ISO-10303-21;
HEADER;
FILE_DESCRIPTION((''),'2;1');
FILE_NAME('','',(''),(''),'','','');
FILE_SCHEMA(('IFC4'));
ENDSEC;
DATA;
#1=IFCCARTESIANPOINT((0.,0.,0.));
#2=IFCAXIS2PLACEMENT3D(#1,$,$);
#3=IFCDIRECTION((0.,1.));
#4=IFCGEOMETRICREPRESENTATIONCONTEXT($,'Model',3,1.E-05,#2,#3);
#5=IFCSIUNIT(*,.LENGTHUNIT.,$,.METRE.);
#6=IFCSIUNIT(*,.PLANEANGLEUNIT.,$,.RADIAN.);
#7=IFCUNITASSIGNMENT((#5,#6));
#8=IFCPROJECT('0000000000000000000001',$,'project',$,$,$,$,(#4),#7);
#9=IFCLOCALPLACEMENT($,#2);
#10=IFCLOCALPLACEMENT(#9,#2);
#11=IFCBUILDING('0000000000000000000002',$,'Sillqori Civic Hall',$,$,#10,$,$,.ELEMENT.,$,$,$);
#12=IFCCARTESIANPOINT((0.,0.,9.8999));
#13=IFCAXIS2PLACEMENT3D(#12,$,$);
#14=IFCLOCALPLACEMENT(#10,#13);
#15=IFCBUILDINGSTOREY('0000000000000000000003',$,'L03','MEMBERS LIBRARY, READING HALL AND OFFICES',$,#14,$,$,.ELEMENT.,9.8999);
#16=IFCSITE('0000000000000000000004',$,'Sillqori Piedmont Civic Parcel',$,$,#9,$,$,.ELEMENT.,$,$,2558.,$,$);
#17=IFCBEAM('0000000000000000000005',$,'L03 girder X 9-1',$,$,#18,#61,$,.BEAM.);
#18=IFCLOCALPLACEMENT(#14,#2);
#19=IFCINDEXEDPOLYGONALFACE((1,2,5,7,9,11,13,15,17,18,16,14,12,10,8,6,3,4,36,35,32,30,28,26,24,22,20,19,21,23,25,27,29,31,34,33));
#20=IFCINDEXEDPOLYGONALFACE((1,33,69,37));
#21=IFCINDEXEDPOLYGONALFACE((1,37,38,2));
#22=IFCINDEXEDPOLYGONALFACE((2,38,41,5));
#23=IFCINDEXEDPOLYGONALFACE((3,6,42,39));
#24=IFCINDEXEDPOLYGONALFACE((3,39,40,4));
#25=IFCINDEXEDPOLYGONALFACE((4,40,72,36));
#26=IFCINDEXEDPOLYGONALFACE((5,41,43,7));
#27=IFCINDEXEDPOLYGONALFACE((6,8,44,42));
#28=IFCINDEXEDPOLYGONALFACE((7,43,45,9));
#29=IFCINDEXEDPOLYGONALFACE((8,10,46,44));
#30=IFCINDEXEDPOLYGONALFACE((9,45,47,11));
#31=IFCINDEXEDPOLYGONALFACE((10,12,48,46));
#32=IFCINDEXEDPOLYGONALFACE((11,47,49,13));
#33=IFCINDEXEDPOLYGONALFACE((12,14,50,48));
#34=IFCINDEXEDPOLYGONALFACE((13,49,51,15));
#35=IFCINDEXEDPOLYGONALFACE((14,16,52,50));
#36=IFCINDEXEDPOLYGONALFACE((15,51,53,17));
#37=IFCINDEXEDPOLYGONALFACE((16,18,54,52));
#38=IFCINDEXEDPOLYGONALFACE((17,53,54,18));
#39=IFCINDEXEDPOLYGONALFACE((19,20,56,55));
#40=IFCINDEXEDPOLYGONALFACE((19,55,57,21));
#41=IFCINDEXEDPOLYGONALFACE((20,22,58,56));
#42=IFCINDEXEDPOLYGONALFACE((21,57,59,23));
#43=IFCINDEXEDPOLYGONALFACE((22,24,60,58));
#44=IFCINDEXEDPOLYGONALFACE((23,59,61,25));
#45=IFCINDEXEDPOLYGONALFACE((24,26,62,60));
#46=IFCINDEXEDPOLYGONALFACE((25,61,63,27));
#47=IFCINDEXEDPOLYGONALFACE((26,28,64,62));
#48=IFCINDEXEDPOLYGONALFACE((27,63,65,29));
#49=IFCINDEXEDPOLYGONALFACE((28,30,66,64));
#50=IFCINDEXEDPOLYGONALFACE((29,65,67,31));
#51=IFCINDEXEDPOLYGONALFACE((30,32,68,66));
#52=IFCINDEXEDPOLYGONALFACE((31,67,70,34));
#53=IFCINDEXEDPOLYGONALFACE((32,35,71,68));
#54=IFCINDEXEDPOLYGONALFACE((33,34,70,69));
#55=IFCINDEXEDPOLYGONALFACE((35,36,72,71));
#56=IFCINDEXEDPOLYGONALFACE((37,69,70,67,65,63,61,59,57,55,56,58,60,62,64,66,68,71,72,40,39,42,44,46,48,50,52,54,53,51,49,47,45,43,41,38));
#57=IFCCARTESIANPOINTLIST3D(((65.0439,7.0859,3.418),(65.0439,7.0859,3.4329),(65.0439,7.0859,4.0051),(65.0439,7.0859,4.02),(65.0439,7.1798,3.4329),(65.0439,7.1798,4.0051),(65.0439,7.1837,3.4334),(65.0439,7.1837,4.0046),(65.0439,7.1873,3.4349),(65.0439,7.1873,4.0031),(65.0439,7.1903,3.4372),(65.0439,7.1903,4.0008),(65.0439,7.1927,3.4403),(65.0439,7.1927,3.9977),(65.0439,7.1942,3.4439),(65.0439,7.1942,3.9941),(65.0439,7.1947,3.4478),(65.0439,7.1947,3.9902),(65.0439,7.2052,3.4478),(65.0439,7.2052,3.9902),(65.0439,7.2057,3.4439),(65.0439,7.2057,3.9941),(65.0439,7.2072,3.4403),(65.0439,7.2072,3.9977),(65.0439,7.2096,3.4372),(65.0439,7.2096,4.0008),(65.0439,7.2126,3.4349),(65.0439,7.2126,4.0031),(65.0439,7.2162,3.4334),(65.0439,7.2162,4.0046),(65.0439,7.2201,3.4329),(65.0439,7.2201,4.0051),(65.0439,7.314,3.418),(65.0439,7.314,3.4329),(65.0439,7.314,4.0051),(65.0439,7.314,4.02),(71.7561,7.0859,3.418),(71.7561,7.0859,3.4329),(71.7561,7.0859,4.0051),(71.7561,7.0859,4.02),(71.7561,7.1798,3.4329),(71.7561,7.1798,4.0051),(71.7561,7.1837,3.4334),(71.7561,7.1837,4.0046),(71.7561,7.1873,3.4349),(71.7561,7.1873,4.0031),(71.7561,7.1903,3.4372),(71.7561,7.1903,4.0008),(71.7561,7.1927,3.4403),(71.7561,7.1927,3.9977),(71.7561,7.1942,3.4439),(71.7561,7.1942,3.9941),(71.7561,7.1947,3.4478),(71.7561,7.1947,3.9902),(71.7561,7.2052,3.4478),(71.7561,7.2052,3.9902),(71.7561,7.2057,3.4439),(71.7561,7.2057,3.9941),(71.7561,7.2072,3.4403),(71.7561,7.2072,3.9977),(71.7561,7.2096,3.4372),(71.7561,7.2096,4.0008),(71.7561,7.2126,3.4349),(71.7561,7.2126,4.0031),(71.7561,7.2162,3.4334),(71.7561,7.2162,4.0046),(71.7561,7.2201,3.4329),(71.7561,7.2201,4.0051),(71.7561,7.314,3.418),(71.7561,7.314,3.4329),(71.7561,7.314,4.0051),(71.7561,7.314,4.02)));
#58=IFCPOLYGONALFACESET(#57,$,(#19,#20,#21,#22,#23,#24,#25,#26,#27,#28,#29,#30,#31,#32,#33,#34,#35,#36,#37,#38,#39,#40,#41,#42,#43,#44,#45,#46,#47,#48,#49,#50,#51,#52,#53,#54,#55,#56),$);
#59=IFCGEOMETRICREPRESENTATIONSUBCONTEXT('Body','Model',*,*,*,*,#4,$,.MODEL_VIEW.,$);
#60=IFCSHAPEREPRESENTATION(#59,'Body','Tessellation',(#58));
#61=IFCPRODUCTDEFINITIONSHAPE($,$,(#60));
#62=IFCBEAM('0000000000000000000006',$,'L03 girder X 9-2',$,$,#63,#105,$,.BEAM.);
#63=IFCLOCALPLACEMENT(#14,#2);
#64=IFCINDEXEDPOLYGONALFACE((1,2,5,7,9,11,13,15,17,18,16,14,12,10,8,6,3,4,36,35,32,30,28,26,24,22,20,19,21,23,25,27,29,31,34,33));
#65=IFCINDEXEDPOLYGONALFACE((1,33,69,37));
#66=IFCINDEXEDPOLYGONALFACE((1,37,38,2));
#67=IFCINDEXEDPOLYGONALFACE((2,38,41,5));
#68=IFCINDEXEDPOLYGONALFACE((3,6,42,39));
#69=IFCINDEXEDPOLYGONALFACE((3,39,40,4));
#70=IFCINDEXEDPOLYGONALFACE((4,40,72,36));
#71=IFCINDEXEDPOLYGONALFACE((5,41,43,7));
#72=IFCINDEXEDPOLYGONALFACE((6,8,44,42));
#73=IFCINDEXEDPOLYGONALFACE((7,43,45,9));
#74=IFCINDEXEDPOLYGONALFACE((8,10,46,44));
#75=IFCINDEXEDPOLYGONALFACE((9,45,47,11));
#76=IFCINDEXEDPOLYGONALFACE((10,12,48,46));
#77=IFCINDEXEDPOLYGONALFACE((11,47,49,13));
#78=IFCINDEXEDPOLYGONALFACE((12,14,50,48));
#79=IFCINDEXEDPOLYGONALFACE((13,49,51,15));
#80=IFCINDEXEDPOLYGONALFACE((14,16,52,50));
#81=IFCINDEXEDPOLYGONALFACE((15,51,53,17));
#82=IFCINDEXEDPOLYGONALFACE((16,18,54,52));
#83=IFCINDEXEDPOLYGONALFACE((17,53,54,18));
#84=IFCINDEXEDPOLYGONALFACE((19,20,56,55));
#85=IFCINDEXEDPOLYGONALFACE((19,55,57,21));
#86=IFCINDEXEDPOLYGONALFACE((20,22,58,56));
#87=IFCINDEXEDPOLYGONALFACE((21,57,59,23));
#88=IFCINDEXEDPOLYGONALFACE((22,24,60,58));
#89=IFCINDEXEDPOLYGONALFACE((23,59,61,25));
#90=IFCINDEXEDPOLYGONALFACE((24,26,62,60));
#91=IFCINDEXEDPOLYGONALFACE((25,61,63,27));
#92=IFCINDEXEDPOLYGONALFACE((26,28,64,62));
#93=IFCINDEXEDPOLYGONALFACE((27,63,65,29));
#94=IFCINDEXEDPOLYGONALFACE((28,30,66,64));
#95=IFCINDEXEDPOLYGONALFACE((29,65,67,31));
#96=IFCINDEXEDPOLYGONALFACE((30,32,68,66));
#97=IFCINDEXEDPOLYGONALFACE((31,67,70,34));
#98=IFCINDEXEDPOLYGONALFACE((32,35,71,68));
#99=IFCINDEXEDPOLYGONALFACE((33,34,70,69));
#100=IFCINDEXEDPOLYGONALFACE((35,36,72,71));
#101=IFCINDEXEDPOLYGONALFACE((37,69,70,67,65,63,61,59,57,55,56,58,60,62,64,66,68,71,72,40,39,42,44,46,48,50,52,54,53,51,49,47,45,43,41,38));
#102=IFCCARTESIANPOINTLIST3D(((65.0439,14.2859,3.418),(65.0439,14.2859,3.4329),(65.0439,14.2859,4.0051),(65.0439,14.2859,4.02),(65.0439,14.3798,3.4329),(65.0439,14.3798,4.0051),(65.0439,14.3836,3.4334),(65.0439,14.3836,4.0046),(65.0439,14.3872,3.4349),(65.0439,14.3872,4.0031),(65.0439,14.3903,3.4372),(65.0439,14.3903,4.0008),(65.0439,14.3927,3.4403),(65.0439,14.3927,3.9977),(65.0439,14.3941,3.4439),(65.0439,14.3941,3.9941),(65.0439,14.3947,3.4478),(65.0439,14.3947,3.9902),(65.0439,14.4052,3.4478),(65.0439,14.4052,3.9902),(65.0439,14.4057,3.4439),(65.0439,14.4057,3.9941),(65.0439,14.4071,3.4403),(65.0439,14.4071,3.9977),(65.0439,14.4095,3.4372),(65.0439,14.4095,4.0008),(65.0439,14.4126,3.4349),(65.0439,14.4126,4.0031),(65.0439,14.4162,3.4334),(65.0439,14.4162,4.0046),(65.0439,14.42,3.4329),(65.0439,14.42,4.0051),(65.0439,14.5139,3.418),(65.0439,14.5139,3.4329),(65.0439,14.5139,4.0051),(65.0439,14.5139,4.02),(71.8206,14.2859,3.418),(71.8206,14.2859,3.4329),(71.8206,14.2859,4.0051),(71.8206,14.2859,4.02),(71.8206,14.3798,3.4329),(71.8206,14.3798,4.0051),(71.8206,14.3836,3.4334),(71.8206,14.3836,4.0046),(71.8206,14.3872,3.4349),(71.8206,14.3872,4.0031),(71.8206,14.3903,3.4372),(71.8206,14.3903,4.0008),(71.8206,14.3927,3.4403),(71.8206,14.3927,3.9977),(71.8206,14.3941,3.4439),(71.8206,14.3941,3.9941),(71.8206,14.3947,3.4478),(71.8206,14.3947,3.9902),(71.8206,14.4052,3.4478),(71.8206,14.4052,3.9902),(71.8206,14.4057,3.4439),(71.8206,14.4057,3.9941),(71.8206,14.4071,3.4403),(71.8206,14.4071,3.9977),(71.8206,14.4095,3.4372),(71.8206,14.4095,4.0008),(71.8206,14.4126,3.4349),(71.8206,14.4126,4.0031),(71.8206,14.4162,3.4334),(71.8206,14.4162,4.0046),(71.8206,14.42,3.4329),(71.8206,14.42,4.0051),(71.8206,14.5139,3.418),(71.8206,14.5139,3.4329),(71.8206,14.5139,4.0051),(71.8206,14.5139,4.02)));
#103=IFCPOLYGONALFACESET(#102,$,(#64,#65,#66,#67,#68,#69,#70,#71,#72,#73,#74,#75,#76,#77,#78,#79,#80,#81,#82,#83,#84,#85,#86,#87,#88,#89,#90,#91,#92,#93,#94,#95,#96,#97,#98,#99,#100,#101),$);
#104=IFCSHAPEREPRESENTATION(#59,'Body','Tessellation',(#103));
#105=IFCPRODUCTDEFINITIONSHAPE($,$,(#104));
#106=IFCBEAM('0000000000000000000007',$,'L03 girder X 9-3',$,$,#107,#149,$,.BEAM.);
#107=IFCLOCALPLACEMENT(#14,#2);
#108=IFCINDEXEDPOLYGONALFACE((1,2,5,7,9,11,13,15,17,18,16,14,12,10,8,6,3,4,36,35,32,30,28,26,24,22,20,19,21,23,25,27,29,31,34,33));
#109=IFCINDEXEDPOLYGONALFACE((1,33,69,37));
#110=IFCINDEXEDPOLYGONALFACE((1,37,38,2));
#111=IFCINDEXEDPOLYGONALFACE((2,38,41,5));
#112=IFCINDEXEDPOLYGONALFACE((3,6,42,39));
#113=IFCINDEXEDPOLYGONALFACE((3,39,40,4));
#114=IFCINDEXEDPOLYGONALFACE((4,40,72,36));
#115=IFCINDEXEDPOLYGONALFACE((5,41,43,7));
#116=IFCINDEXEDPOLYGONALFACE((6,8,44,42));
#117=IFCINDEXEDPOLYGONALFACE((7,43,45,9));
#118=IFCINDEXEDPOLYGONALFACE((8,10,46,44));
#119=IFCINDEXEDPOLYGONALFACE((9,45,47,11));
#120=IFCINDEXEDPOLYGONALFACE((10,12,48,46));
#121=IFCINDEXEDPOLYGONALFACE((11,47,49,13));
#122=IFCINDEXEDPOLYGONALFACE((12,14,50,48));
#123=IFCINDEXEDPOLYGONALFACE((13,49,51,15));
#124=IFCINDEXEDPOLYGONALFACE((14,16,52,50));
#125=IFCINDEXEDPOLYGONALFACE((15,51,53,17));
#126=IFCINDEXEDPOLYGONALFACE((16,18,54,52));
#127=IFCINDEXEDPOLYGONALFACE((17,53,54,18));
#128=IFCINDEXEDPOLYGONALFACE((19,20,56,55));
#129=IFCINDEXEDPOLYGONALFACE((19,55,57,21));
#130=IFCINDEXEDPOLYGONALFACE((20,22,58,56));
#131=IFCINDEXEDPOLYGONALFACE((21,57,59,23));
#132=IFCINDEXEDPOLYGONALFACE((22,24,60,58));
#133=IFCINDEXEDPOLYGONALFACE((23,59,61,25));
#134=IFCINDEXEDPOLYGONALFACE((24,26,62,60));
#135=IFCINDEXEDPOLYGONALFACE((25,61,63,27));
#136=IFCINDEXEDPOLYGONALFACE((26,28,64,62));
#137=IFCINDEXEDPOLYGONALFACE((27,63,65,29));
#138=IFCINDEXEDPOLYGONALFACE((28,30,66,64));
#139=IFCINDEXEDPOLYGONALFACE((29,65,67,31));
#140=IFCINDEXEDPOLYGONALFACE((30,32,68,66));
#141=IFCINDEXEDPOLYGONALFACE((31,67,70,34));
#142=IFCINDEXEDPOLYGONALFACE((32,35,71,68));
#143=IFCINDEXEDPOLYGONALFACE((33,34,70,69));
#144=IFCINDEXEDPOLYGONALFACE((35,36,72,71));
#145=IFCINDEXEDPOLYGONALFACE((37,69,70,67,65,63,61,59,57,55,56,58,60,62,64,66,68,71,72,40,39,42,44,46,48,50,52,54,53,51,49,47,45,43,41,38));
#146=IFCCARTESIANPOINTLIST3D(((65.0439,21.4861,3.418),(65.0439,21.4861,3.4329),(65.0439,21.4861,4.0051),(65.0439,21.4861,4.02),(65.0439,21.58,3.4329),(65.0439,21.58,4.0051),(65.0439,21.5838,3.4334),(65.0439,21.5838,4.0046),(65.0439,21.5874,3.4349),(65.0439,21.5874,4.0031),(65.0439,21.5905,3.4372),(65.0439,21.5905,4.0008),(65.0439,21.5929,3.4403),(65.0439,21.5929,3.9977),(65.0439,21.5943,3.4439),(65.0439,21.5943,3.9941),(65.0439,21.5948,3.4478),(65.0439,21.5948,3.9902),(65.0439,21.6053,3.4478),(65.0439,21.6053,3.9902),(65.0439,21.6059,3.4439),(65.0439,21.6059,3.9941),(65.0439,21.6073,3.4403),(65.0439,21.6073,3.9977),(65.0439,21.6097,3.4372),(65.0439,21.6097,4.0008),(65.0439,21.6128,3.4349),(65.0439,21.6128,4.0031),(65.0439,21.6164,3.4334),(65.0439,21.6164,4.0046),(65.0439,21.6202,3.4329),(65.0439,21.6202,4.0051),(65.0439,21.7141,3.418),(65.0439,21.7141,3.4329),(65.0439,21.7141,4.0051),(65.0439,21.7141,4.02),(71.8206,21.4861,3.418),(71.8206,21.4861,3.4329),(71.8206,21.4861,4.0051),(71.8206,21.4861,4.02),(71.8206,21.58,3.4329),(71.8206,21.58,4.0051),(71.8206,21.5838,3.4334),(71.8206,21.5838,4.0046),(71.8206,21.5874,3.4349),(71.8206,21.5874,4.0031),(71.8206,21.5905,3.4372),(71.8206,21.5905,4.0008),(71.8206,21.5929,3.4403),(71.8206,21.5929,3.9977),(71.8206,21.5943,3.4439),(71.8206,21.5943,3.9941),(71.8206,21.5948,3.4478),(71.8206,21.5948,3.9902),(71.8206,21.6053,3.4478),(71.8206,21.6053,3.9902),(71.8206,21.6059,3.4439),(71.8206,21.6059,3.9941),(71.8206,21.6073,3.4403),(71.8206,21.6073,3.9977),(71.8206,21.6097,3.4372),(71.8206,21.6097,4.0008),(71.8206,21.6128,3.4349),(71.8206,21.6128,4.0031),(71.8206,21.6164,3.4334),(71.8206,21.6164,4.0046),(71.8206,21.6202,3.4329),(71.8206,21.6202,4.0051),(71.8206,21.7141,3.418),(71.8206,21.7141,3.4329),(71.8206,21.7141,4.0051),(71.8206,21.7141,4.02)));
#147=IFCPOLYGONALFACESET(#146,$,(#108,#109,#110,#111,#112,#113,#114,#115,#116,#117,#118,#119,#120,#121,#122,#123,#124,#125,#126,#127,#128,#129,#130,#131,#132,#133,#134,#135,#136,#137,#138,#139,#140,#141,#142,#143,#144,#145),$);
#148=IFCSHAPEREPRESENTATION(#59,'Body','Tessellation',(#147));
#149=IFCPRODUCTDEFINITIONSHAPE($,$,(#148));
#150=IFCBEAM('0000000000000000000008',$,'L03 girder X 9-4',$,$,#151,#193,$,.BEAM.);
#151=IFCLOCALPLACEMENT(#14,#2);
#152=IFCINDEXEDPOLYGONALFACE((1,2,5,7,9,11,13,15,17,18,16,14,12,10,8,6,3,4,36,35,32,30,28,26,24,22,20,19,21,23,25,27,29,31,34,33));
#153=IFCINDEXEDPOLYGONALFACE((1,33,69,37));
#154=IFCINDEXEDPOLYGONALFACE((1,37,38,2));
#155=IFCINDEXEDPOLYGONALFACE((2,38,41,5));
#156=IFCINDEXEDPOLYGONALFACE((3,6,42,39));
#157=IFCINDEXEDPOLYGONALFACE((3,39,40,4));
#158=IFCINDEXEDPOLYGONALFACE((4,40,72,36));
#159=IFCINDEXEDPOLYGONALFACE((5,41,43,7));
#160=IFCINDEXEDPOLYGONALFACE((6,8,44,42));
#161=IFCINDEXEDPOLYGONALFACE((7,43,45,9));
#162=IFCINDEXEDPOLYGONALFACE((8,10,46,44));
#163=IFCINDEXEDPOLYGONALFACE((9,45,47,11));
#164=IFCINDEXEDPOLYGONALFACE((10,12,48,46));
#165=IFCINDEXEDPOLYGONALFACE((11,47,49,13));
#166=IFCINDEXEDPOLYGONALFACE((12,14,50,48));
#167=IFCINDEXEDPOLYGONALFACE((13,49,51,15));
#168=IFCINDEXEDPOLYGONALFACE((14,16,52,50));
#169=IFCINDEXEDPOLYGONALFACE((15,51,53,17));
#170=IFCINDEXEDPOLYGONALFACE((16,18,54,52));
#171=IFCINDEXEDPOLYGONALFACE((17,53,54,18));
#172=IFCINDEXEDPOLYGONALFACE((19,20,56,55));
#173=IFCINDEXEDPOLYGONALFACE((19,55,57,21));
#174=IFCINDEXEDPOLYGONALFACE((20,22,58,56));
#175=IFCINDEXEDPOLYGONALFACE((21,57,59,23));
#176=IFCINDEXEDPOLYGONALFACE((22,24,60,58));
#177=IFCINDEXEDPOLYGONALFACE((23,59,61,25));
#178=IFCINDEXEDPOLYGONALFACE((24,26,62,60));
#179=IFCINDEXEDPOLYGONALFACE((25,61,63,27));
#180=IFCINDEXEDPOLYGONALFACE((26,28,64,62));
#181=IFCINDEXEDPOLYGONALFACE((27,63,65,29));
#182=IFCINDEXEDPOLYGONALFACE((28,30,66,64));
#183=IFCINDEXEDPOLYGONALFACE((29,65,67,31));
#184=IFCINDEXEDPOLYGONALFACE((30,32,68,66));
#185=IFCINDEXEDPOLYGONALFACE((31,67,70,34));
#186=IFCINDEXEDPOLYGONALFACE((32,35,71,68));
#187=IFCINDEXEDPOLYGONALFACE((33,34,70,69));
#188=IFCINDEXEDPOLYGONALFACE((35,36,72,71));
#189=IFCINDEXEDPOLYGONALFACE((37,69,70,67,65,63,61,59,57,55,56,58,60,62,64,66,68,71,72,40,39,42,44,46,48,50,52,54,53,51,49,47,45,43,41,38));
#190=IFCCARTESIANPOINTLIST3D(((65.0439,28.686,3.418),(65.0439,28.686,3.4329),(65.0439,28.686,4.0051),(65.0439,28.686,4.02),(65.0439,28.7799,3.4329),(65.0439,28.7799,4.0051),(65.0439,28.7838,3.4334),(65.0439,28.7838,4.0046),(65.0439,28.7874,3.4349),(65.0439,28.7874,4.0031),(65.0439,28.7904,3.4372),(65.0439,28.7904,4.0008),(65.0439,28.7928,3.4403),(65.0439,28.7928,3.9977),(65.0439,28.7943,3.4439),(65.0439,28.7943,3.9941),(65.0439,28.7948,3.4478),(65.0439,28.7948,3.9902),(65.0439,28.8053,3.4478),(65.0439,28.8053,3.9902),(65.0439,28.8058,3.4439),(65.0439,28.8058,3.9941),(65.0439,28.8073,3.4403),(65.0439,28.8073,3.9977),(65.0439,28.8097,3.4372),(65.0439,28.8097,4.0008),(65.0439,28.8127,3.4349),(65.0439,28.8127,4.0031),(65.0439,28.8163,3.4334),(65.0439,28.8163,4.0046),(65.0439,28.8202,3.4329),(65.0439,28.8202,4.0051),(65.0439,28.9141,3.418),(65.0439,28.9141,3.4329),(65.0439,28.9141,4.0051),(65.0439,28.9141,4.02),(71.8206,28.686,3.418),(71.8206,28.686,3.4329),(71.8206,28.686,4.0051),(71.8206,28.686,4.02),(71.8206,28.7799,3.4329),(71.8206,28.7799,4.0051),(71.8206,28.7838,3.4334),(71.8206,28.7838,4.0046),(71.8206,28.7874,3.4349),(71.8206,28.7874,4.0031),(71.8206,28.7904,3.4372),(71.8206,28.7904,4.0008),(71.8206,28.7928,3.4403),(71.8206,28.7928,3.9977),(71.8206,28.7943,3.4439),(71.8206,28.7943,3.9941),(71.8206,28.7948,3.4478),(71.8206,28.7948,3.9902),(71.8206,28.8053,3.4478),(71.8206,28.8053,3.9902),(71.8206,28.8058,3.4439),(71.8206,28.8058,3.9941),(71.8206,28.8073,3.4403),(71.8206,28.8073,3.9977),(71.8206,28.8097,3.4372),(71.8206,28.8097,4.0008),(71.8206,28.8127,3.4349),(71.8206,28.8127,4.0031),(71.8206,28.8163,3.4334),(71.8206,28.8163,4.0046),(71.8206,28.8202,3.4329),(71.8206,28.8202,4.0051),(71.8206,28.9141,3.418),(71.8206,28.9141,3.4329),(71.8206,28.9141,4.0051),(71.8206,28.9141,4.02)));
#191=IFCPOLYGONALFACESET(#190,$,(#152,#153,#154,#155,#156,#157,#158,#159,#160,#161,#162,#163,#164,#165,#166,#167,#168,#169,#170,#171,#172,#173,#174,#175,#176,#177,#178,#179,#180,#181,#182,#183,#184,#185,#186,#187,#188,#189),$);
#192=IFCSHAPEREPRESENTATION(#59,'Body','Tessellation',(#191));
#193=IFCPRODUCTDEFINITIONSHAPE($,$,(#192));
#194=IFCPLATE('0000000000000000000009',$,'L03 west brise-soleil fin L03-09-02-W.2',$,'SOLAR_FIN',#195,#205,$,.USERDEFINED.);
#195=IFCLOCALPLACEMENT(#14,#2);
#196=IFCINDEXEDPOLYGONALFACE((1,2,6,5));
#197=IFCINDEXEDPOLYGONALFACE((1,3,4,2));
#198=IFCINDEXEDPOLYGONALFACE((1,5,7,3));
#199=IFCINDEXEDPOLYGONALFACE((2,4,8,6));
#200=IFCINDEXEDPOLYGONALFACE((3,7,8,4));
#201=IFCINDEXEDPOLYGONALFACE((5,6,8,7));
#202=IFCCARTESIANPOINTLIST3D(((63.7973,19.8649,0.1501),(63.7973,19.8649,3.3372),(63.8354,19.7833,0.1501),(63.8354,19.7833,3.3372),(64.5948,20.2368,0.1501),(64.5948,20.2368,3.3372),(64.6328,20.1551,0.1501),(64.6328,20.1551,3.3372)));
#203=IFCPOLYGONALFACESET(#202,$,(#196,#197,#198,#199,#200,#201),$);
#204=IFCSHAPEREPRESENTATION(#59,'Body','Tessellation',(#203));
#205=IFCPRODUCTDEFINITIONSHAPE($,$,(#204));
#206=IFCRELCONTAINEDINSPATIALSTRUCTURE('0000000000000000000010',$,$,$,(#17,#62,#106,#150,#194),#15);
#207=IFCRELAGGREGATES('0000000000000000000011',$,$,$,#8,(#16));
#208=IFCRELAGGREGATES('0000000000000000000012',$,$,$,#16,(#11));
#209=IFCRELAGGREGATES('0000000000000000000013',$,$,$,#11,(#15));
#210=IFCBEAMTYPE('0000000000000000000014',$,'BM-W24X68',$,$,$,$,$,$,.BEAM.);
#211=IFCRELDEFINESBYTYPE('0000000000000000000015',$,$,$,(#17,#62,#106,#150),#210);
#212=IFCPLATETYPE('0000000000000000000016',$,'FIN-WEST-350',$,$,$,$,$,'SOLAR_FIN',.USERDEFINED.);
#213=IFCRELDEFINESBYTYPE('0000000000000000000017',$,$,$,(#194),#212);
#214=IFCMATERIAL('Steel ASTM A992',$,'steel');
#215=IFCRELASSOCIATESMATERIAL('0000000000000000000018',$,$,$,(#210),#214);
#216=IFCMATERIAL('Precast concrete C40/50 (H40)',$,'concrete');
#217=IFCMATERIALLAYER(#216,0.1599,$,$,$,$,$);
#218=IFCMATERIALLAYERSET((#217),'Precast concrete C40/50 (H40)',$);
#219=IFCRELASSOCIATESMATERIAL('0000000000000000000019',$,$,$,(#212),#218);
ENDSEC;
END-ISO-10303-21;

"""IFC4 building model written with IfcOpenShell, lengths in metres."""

from ifc_helpers import new_model, si_unit, direction, frame, origin, origin_2d, place, context, subcontext, project, spatial, rectangle, i_section, extrude, material, layer, layer_set, material_profile, profile_set, type_object, element, save


model = new_model("IFC4")

# Units and contexts
model_context = context("Model", 3, precision=1e-05, world=origin(), true_north=direction((0.0, 1.0)))
body_context = subcontext(model_context, "Body", "Model", "MODEL_VIEW")
ifc_project = project(units=[si_unit("LENGTHUNIT", "METRE"), si_unit("PLANEANGLEUNIT", "RADIAN")], contexts=[model_context])

# Site, building, storey
site_placement = place(None, origin())
site = spatial("IfcSite", under=ifc_project, at=site_placement, Name="Sillqori Piedmont Civic Parcel", CompositionType="ELEMENT", RefElevation=2558.0)
building_placement = place(site_placement, origin())
building = spatial("IfcBuilding", under=site, at=building_placement, Name="Sillqori Civic Hall", CompositionType="ELEMENT")
storey_placement = place(building_placement, frame((0.0, 0.0, 9.8999)))
storey = spatial("IfcBuildingStorey", under=building, at=storey_placement, Name="L03", Description="MEMBERS LIBRARY, READING HALL AND OFFICES", CompositionType="ELEMENT", Elevation=9.8999)

# Beams
ifc_material_1 = material(Name="Steel ASTM A992", Category="steel")
ifc_material_profile_1 = material_profile(ifc_material_1, i_section(OverallWidth=0.228, OverallDepth=0.6021, WebThickness=0.0105, FlangeThickness=0.0149, FilletRadius=0.0149, at=origin_2d()), Name="W24X68")
ifc_profile_set_1 = profile_set([ifc_material_profile_1], Name="Steel ASTM A992")
beam_type_1 = type_object("IfcBeamType", Name="BM-W24X68", PredefinedType="BEAM", material=ifc_profile_set_1)
beam_placement = place(storey_placement, frame((65.0439, 7.2, 3.719), z_axis=(1.0, 0.0, 0.0), x_axis=(0.0, 1.0, 0.0)))
element("IfcBeam", 1, at=beam_placement, inside=storey, type_object=beam_type_1, Name="L03 girder X 9-1", PredefinedType="BEAM", context=body_context, shape_type="SweptSolid", body=[
    extrude(i_section(OverallWidth=0.228, OverallDepth=0.6021, WebThickness=0.0105, FlangeThickness=0.0149, FilletRadius=0.0149, at=origin_2d()), origin(), (0.0, 0.0, 1.0), 6.7122),
])
for number, where, z_axis, x_axis, name in (
    (2, (65.0439, 14.3999, 3.719), (1.0, 0.0, 0.0), (0.0, 1.0, 0.0), "L03 girder X 9-2"),
    (3, (65.0439, 21.6001, 3.719), (1.0, 0.0, 0.0), (0.0, 1.0, 0.0), "L03 girder X 9-3"),
    (4, (65.0439, 28.8, 3.719), (1.0, 0.0, 0.0), (0.0, 1.0, 0.0), "L03 girder X 9-4"),
):
    element("IfcBeam", number, at=place(storey_placement, frame(where, z_axis=z_axis, x_axis=x_axis)), inside=storey, type_object=beam_type_1, Name=name, PredefinedType="BEAM", context=body_context, shape_type="SweptSolid", body=[
        extrude(i_section(OverallWidth=0.228, OverallDepth=0.6021, WebThickness=0.0105, FlangeThickness=0.0149, FilletRadius=0.0149, at=origin_2d()), origin(), (0.0, 0.0, 1.0), 6.7766),
    ])

# Plate
ifc_material_2 = material(Name="Precast concrete C40/50 (H40)", Category="concrete")
ifc_layer_1 = layer(ifc_material_2, 0.1599)
ifc_layer_set_1 = layer_set([ifc_layer_1], Name="Precast concrete C40/50 (H40)")
plate_type = type_object("IfcPlateType", Name="FIN-WEST-350", ElementType="SOLAR_FIN", PredefinedType="USERDEFINED", material=ifc_layer_set_1)
for number, where, z_axis, x_axis, name in (
    (5, (64.2151, 20.01, 0.1501), (0.0, 0.0, 1.0), (-0.422618, 0.906308, 0.0), "L03 west brise-soleil fin L03-09-02-W.2"),
):
    element("IfcPlate", number, at=place(storey_placement, frame(where, z_axis=z_axis, x_axis=x_axis)), inside=storey, type_object=plate_type, Name=name, ObjectType="SOLAR_FIN", PredefinedType="USERDEFINED", context=body_context, shape_type="SweptSolid", body=[
        extrude(rectangle(XDim=0.0901, YDim=0.8799, at=origin_2d()), origin(), (0.0, 0.0, 1.0), 3.187),
    ])

save(model, "model.ifc")
